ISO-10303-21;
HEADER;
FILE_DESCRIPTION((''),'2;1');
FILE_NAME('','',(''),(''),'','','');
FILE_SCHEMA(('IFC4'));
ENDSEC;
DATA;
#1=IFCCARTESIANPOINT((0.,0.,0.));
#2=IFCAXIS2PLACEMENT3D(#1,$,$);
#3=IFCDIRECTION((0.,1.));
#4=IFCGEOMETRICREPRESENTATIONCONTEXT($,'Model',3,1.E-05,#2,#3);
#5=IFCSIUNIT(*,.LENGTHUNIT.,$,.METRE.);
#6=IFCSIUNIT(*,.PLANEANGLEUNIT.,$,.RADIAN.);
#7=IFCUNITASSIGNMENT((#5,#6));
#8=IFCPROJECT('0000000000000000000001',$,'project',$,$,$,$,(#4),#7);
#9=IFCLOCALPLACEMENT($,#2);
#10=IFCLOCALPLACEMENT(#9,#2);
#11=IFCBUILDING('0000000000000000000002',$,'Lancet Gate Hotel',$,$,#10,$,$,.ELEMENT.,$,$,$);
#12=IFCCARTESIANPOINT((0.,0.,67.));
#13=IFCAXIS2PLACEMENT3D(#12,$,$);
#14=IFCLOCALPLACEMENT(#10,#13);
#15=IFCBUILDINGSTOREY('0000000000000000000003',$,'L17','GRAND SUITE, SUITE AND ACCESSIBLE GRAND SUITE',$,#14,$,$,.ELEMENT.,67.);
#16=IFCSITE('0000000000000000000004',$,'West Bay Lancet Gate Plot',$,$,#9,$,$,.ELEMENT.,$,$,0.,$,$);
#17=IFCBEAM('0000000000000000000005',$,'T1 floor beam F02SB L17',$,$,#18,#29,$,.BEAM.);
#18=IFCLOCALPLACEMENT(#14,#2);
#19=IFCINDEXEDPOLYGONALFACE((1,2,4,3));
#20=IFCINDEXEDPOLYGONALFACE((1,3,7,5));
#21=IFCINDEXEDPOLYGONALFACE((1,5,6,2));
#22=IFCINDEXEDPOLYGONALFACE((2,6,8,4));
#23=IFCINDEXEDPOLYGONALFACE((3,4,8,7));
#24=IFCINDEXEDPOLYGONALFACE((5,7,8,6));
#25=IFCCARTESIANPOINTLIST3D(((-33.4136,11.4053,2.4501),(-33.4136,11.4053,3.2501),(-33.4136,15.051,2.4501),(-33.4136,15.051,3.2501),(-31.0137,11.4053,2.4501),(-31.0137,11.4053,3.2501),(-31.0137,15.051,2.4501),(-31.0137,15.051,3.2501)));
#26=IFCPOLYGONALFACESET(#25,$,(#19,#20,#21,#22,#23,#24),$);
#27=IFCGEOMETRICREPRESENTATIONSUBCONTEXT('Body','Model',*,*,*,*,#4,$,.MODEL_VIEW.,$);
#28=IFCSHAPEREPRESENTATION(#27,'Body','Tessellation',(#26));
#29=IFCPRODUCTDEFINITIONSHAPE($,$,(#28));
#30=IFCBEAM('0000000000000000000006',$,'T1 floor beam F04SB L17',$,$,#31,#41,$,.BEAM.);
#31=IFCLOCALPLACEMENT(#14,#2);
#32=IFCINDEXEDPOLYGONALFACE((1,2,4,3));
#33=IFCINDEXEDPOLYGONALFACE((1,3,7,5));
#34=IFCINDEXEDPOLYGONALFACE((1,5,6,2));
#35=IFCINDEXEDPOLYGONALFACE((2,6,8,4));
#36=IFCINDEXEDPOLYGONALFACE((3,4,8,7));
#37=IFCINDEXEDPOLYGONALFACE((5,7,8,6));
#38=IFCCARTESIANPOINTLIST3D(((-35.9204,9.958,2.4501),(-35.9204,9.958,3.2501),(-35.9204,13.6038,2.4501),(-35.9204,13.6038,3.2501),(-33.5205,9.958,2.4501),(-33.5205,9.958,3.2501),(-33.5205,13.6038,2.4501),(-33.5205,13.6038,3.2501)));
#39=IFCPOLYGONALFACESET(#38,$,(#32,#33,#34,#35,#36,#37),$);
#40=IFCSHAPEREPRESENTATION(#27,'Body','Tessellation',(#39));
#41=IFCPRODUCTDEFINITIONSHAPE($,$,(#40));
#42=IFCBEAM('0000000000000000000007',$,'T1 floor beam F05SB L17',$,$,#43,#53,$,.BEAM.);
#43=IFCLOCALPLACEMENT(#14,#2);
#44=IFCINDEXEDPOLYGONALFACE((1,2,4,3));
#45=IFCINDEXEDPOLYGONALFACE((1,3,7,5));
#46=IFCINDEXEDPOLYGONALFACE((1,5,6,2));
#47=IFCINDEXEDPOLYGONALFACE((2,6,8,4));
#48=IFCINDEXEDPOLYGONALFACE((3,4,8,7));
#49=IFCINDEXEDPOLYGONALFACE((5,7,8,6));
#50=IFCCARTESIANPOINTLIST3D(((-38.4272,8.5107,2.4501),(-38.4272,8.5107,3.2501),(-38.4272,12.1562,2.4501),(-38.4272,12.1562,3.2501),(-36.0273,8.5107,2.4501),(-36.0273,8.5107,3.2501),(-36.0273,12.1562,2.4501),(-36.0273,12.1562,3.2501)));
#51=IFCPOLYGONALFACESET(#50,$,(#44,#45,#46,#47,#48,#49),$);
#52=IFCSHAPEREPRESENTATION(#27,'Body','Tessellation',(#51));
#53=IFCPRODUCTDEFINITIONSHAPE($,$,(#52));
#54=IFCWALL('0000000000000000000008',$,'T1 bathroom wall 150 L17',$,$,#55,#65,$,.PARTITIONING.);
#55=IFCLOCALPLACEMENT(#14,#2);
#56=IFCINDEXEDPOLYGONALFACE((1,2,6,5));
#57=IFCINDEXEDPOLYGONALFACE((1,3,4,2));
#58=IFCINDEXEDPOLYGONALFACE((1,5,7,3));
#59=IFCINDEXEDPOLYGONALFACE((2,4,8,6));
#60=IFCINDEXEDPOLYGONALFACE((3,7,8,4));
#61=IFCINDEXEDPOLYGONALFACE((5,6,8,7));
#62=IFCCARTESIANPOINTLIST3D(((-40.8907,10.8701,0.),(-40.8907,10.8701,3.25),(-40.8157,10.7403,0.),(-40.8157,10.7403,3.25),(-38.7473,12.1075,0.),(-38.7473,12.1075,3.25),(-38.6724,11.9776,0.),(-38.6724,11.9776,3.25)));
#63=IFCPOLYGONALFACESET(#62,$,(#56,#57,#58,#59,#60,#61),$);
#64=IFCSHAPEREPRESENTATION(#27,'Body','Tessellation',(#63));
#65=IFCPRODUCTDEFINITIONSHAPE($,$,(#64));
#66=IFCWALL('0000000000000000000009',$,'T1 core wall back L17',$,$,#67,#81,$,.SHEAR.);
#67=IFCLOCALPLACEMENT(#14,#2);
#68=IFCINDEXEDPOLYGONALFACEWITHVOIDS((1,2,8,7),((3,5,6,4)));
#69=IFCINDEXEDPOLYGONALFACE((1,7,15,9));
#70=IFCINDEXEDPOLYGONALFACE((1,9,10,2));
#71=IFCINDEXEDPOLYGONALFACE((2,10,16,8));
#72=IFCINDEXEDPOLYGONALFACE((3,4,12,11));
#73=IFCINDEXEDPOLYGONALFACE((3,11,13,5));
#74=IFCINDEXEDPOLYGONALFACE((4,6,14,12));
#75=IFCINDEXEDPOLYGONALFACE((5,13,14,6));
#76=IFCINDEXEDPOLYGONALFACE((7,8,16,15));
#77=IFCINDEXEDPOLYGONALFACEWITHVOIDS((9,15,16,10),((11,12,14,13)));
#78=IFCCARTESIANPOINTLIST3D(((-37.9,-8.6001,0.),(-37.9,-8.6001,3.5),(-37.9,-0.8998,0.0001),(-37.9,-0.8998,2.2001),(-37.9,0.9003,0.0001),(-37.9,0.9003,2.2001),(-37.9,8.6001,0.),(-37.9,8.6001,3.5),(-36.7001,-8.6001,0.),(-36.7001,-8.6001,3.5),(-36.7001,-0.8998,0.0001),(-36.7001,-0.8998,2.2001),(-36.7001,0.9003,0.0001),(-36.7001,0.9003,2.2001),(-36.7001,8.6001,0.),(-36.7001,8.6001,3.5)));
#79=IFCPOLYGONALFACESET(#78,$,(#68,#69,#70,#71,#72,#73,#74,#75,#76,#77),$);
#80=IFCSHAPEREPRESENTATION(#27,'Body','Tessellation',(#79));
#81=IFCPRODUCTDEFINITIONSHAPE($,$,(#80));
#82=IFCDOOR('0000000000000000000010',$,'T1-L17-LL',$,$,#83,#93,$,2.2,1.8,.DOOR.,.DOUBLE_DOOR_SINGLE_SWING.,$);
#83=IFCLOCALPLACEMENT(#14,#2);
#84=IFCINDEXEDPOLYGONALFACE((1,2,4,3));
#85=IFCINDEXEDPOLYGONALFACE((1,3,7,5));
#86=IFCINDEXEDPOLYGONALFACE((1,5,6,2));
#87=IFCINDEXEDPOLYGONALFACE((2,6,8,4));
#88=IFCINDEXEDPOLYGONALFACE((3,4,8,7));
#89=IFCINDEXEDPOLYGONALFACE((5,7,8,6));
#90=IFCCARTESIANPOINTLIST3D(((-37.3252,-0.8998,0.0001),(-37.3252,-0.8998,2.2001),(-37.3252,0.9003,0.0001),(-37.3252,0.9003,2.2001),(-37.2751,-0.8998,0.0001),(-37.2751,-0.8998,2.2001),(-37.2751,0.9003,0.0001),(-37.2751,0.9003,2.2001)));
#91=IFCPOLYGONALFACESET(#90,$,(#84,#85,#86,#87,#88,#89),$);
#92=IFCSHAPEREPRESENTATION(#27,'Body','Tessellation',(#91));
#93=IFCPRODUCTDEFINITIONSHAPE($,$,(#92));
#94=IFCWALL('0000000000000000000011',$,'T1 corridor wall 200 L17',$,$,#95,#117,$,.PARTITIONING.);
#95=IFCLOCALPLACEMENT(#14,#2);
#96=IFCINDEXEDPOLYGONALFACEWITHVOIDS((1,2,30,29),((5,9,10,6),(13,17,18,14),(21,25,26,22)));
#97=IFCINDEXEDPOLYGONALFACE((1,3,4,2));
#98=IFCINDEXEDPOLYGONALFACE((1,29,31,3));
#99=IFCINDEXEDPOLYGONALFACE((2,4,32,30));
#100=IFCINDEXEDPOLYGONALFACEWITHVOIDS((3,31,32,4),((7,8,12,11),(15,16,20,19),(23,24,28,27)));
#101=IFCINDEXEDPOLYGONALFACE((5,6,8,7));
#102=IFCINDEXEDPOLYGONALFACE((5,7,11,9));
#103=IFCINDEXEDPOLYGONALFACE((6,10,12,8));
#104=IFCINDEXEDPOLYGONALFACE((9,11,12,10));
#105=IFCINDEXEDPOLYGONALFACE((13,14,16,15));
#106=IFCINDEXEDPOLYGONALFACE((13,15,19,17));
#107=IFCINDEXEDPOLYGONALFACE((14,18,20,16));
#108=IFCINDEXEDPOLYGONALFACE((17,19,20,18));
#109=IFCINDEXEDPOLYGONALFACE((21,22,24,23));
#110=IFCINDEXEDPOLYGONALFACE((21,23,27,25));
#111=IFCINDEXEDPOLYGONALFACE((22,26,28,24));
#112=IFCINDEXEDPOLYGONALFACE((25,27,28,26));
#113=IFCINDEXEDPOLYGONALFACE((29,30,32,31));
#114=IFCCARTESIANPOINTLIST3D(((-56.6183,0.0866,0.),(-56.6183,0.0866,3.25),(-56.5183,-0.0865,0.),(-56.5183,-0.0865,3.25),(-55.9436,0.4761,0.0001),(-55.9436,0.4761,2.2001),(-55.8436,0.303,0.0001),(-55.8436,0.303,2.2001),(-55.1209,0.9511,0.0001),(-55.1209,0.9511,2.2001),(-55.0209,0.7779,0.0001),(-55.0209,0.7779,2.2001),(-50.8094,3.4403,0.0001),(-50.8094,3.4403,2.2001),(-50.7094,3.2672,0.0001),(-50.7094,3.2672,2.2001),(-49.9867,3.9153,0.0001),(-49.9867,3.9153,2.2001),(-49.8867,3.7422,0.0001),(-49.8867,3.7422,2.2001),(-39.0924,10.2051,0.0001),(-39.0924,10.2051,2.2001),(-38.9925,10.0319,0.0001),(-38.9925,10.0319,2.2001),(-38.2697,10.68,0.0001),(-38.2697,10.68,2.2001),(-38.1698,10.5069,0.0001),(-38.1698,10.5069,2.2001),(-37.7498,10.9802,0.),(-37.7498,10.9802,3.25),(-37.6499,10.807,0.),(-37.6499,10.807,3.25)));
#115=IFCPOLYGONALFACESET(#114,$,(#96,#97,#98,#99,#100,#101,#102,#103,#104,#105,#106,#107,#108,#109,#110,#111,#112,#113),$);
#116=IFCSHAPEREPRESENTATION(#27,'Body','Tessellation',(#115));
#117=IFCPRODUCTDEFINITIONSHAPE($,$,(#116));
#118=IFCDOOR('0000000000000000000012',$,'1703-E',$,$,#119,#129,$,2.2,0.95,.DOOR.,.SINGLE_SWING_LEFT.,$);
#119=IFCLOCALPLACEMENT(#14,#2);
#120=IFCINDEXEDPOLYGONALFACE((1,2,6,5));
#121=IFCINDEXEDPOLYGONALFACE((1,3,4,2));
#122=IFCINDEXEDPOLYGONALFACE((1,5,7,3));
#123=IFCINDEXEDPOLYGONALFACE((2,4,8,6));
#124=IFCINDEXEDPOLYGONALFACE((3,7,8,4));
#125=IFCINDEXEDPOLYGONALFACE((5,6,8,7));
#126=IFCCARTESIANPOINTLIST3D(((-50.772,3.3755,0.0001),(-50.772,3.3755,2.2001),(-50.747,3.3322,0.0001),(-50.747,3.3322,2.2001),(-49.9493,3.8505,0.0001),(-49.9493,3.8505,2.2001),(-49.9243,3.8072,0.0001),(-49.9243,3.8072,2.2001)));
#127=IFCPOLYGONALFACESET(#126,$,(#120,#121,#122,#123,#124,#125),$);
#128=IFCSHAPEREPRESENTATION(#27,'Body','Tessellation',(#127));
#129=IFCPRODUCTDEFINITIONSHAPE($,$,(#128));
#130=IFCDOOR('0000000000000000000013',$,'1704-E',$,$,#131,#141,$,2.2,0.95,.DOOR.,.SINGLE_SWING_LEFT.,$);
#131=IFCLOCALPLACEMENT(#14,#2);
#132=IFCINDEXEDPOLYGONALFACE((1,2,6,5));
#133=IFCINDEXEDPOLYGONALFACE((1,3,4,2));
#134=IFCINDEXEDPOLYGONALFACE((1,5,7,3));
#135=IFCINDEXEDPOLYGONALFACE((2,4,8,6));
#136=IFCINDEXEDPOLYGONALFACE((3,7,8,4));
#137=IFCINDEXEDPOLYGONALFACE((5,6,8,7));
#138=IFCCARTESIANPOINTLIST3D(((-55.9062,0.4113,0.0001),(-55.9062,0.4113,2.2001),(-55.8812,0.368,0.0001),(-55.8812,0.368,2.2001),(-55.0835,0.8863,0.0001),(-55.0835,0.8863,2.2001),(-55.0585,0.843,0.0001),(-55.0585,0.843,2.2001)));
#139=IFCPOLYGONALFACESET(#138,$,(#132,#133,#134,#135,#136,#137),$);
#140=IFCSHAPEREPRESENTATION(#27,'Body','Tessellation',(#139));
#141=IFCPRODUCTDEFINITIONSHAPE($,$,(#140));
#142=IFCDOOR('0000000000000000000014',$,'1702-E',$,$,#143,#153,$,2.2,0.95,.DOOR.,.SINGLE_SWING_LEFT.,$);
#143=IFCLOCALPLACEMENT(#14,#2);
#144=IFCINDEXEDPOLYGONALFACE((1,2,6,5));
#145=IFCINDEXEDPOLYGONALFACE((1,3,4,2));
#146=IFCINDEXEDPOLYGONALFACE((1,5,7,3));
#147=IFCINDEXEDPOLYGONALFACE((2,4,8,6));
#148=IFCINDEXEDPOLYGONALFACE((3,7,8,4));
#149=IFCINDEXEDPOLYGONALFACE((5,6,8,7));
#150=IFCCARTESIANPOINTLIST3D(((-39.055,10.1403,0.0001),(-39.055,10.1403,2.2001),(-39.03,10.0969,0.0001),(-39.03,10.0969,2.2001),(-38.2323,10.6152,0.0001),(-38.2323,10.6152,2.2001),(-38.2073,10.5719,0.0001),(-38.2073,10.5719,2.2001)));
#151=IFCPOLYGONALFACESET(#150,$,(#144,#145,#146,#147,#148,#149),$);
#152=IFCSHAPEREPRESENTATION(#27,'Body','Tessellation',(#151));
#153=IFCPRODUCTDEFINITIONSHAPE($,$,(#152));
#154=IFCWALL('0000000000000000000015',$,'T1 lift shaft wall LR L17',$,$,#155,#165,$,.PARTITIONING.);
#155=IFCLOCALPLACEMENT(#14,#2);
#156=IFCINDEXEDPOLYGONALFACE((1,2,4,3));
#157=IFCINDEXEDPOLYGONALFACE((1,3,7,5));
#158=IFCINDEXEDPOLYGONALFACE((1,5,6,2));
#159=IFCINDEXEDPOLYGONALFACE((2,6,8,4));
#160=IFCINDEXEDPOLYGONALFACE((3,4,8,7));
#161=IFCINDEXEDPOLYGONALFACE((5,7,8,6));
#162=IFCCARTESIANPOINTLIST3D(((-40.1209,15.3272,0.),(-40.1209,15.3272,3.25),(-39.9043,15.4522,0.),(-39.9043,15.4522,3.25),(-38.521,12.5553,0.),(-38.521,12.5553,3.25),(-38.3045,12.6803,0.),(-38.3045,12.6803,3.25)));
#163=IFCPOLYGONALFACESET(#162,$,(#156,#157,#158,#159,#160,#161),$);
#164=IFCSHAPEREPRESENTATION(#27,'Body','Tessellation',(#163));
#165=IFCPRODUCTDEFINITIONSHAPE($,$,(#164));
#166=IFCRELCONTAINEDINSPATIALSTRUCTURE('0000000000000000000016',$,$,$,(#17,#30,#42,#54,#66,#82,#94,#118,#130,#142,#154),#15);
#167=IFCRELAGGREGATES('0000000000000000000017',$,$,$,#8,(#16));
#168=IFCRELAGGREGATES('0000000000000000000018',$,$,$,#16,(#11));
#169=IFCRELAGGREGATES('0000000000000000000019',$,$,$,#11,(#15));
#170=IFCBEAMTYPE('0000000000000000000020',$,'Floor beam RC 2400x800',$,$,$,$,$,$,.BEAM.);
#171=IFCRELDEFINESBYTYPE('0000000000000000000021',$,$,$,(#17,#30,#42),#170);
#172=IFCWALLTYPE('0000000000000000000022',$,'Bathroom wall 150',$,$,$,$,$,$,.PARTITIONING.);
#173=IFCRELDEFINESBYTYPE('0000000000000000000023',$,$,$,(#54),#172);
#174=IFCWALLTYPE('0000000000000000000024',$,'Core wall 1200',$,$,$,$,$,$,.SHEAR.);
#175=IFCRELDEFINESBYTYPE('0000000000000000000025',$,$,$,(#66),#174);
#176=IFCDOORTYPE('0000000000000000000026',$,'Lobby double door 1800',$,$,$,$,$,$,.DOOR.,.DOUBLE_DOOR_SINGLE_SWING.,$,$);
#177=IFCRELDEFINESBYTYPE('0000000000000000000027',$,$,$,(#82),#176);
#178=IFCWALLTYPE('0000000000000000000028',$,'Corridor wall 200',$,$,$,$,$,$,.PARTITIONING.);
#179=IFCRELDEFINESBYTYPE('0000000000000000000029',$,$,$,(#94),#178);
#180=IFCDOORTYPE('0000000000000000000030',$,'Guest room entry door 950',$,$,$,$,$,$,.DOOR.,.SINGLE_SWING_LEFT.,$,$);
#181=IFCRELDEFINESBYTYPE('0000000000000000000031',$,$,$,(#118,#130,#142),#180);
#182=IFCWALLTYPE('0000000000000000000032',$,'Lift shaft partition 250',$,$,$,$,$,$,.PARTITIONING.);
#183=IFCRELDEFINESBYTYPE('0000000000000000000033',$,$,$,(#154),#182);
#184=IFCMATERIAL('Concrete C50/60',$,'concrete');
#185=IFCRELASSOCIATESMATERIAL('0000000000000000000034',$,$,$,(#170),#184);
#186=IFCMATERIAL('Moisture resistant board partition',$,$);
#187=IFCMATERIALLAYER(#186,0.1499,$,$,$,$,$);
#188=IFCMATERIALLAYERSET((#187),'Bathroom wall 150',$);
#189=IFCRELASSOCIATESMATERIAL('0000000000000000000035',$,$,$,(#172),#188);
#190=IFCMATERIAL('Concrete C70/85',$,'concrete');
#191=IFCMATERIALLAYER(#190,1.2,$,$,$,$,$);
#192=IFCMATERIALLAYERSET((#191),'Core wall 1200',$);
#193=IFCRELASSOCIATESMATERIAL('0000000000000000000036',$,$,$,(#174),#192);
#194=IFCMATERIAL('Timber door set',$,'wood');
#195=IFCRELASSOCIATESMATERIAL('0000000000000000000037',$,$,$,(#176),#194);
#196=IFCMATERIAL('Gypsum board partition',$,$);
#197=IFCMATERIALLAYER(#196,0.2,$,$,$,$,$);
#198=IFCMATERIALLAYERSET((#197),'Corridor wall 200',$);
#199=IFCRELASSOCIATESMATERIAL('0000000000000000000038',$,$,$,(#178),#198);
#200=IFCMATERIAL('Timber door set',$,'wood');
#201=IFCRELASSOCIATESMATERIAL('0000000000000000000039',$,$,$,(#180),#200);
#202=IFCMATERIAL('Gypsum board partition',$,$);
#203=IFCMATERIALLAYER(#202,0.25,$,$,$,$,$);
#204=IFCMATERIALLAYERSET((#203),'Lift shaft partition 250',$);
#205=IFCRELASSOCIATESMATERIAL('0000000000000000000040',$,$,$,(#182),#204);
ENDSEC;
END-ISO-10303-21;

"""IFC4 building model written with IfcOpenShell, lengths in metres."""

from ifc_helpers import new_model, si_unit, direction, frame, frame_2d, origin, origin_2d, place, context, subcontext, project, spatial, rectangle, extrude, material, layer, layer_set, material_profile, profile_set, type_object, element, fill, save


model = new_model("IFC4")

# Units and contexts
model_context = context("Model", 3, precision=1e-05, world=origin(), true_north=direction((0.0, 1.0)))
body_context = subcontext(model_context, "Body", "Model", "MODEL_VIEW")
ifc_project = project(units=[si_unit("LENGTHUNIT", "METRE"), si_unit("PLANEANGLEUNIT", "RADIAN")], contexts=[model_context])

# Site, building, storey
site_placement = place(None, origin())
site = spatial("IfcSite", under=ifc_project, at=site_placement, Name="West Bay Lancet Gate Plot", CompositionType="ELEMENT", RefElevation=0.0)
building_placement = place(site_placement, origin())
building = spatial("IfcBuilding", under=site, at=building_placement, Name="Lancet Gate Hotel", CompositionType="ELEMENT")
storey_placement = place(building_placement, frame((0.0, 0.0, 67.0)))
storey = spatial("IfcBuildingStorey", under=building, at=storey_placement, Name="L17", Description="GRAND SUITE, SUITE AND ACCESSIBLE GRAND SUITE", CompositionType="ELEMENT", Elevation=67.0)

# Beams
ifc_material_1 = material(Name="Concrete C50/60", Category="concrete")
ifc_material_profile = material_profile(ifc_material_1, rectangle(XDim=2.3999, YDim=0.8, at=origin_2d()), Name="RC 2400x800")
ifc_profile_set = profile_set([ifc_material_profile], Name="Concrete C50/60")
beam_type = type_object("IfcBeamType", Name="Floor beam RC 2400x800", PredefinedType="BEAM", material=ifc_profile_set)
for number, where, z_axis, x_axis, name in (
    (1, (-32.2136, 15.051, 2.8501), (0.0, -1.0, 0.0), (1.0, 0.0, 0.0), "T1 floor beam F02SB L17"),
    (2, (-34.7205, 13.6038, 2.8501), (0.0, -1.0, 0.0), (1.0, 0.0, 0.0), "T1 floor beam F04SB L17"),
):
    element("IfcBeam", number, at=place(storey_placement, frame(where, z_axis=z_axis, x_axis=x_axis)), inside=storey, type_object=beam_type, Name=name, PredefinedType="BEAM", context=body_context, shape_type="SweptSolid", body=[
        extrude(rectangle(XDim=2.3999, YDim=0.8, at=origin_2d()), origin(), (0.0, 0.0, 1.0), 3.6458),
    ])
beam_placement = place(storey_placement, frame((-37.2273, 12.1562, 2.8501), z_axis=(0.0, -1.0, 0.0), x_axis=(1.0, 0.0, 0.0)))
element("IfcBeam", 3, at=beam_placement, inside=storey, type_object=beam_type, Name="T1 floor beam F05SB L17", PredefinedType="BEAM", context=body_context, shape_type="SweptSolid", body=[
    extrude(rectangle(XDim=2.3999, YDim=0.8, at=origin_2d()), origin(), (0.0, 0.0, 1.0), 3.6455),
])

# Wall
ifc_material_2 = material(Name="Moisture resistant board partition")
ifc_layer_1 = layer(ifc_material_2, 0.1499)
ifc_layer_set_1 = layer_set([ifc_layer_1], Name="Bathroom wall 150")
wall_type_1 = type_object("IfcWallType", Name="Bathroom wall 150", PredefinedType="PARTITIONING", material=ifc_layer_set_1)
wall_1_placement = place(storey_placement, frame((-38.71, 12.0425, 0.0), z_axis=(0.0, 0.0, 1.0), x_axis=(-0.866049, -0.499959, 0.0)))
element("IfcWall", 4, at=wall_1_placement, inside=storey, type_object=wall_type_1, Name="T1 bathroom wall 150 L17", PredefinedType="PARTITIONING", context=body_context, shape_type="SweptSolid", body=[
    extrude(rectangle(XDim=2.4749, YDim=0.1499, at=frame_2d((1.2373, 0.0))), origin(), (0.0, 0.0, 1.0), 3.25),
])

# Wall, opening, door
ifc_material_3 = material(Name="Concrete C70/85", Category="concrete")
ifc_layer_2 = layer(ifc_material_3, 1.2)
ifc_layer_set_2 = layer_set([ifc_layer_2], Name="Core wall 1200")
wall_type_2 = type_object("IfcWallType", Name="Core wall 1200", PredefinedType="SHEAR", material=ifc_layer_set_2)
wall_2_placement = place(storey_placement, frame((-37.3, 8.6001, 0.0), z_axis=(0.0, 0.0, 1.0), x_axis=(0.0, -1.0, 0.0)))
wall_2 = element("IfcWall", 5, at=wall_2_placement, inside=storey, type_object=wall_type_2, Name="T1 core wall back L17", PredefinedType="SHEAR", context=body_context, shape_type="SweptSolid", body=[
    extrude(rectangle(XDim=17.2002, YDim=1.2, at=frame_2d((8.6001, 0.0))), origin(), (0.0, 0.0, 1.0), 3.5),
])
opening_1_placement = place(wall_2_placement, frame((7.7, 0.0, 0.0)))
opening_1 = element("IfcOpeningElement", 6, at=opening_1_placement, cuts=wall_2, PredefinedType="OPENING", context=body_context, shape_type="SweptSolid", body=[
    extrude(rectangle(XDim=1.8, YDim=2.2, at=frame_2d((0.8999, 1.1001))), frame((0.0, 0.6099, 0.0), z_axis=(0.0, -1.0, 0.0), x_axis=(1.0, 0.0, 0.0)), (0.0, 0.0, 1.0), 1.22),
])
ifc_material_4 = material(Name="Timber door set", Category="wood")
door_type_1 = type_object("IfcDoorType", Name="Lobby double door 1800", OperationType="DOUBLE_DOOR_SINGLE_SWING", PredefinedType="DOOR", material=ifc_material_4)
door_1_placement = place(opening_1_placement, origin())
door_1 = element("IfcDoor", 7, at=door_1_placement, inside=storey, type_object=door_type_1, Name="T1-L17-LL", OperationType="DOUBLE_DOOR_SINGLE_SWING", OverallHeight=2.2, OverallWidth=1.8, PredefinedType="DOOR", context=body_context, shape_type="SweptSolid", body=[
    extrude(rectangle(XDim=1.8, YDim=2.2, at=frame_2d((0.8999, 1.1001))), frame((0.0, 0.0249, 0.0), z_axis=(0.0, -1.0, 0.0), x_axis=(1.0, 0.0, 0.0)), (0.0, 0.0, 1.0), 0.05),
])
fill(opening_1, door_1)

# Wall, openings, doors
ifc_material_5 = material(Name="Gypsum board partition")
ifc_layer_3 = layer(ifc_material_5, 0.2)
ifc_layer_set_3 = layer_set([ifc_layer_3], Name="Corridor wall 200")
wall_type_3 = type_object("IfcWallType", Name="Corridor wall 200", PredefinedType="PARTITIONING", material=ifc_layer_set_3)
wall_3_placement = place(storey_placement, frame((-37.7, 10.8936, 0.0), z_axis=(0.0, 0.0, 1.0), x_axis=(-0.866028, -0.499996, 0.0)))
wall_3 = element("IfcWall", 8, at=wall_3_placement, inside=storey, type_object=wall_type_3, Name="T1 corridor wall 200 L17", PredefinedType="PARTITIONING", context=body_context, shape_type="SweptSolid", body=[
    extrude(rectangle(XDim=21.7874, YDim=0.2, at=frame_2d((10.8936, 0.0))), origin(), (0.0, 0.0, 1.0), 3.25),
])
opening_2_placement = place(wall_3_placement, frame((14.1296, 0.0, 0.0)))
opening_2 = element("IfcOpeningElement", 9, at=opening_2_placement, cuts=wall_3, PredefinedType="OPENING", context=body_context, shape_type="SweptSolid", body=[
    extrude(rectangle(XDim=0.95, YDim=2.2, at=frame_2d((0.4751, 1.1001))), frame((0.0, 0.1099, 0.0), z_axis=(0.0, -1.0, 0.0), x_axis=(1.0, 0.0, 0.0)), (0.0, 0.0, 1.0), 0.22),
])
opening_3_placement = place(wall_3_placement, frame((20.0581, 0.0, 0.0)))
opening_3 = element("IfcOpeningElement", 10, at=opening_3_placement, cuts=wall_3, PredefinedType="OPENING", context=body_context, shape_type="SweptSolid", body=[
    extrude(rectangle(XDim=0.95, YDim=2.2, at=frame_2d((0.4751, 1.1001))), frame((0.0, 0.1099, 0.0), z_axis=(0.0, -1.0, 0.0), x_axis=(1.0, 0.0, 0.0)), (0.0, 0.0, 1.0), 0.22),
])
opening_4_placement = place(wall_3_placement, frame((0.6001, 0.0, 0.0)))
opening_4 = element("IfcOpeningElement", 11, at=opening_4_placement, cuts=wall_3, PredefinedType="OPENING", context=body_context, shape_type="SweptSolid", body=[
    extrude(rectangle(XDim=0.95, YDim=2.2, at=frame_2d((0.4751, 1.1001))), frame((0.0, 0.1099, 0.0), z_axis=(0.0, -1.0, 0.0), x_axis=(1.0, 0.0, 0.0)), (0.0, 0.0, 1.0), 0.22),
])
ifc_material_6 = material(Name="Timber door set", Category="wood")
door_type_2 = type_object("IfcDoorType", Name="Guest room entry door 950", OperationType="SINGLE_SWING_LEFT", PredefinedType="DOOR", material=ifc_material_6)
door_2_placement = place(opening_2_placement, origin())
door_2 = element("IfcDoor", 12, at=door_2_placement, inside=storey, type_object=door_type_2, Name="1703-E", OperationType="SINGLE_SWING_LEFT", OverallHeight=2.2, OverallWidth=0.95, PredefinedType="DOOR", context=body_context, shape_type="SweptSolid", body=[
    extrude(rectangle(XDim=0.95, YDim=2.2, at=frame_2d((0.4751, 1.1001))), frame((0.0, 0.0249, 0.0), z_axis=(0.0, -1.0, 0.0), x_axis=(1.0, 0.0, 0.0)), (0.0, 0.0, 1.0), 0.05),
])
fill(opening_2, door_2)
door_3_placement = place(opening_3_placement, origin())
door_3 = element("IfcDoor", 13, at=door_3_placement, inside=storey, type_object=door_type_2, Name="1704-E", OperationType="SINGLE_SWING_LEFT", OverallHeight=2.2, OverallWidth=0.95, PredefinedType="DOOR", context=body_context, shape_type="SweptSolid", body=[
    extrude(rectangle(XDim=0.95, YDim=2.2, at=frame_2d((0.4751, 1.1001))), frame((0.0, 0.0249, 0.0), z_axis=(0.0, -1.0, 0.0), x_axis=(1.0, 0.0, 0.0)), (0.0, 0.0, 1.0), 0.05),
])
fill(opening_3, door_3)
door_4_placement = place(opening_4_placement, origin())
door_4 = element("IfcDoor", 14, at=door_4_placement, inside=storey, type_object=door_type_2, Name="1702-E", OperationType="SINGLE_SWING_LEFT", OverallHeight=2.2, OverallWidth=0.95, PredefinedType="DOOR", context=body_context, shape_type="SweptSolid", body=[
    extrude(rectangle(XDim=0.95, YDim=2.2, at=frame_2d((0.4751, 1.1001))), frame((0.0, 0.0249, 0.0), z_axis=(0.0, -1.0, 0.0), x_axis=(1.0, 0.0, 0.0)), (0.0, 0.0, 1.0), 0.05),
])
fill(opening_4, door_4)

# Wall
ifc_material_7 = material(Name="Gypsum board partition")
ifc_layer_4 = layer(ifc_material_7, 0.25)
ifc_layer_set_4 = layer_set([ifc_layer_4], Name="Lift shaft partition 250")
wall_type_4 = type_object("IfcWallType", Name="Lift shaft partition 250", PredefinedType="PARTITIONING", material=ifc_layer_set_4)
wall_4_placement = place(storey_placement, frame((-38.4128, 12.6179, 0.0), z_axis=(0.0, 0.0, 1.0), x_axis=(-0.499872, 0.866099, 0.0)))
element("IfcWall", 15, at=wall_4_placement, inside=storey, type_object=wall_type_4, Name="T1 lift shaft wall LR L17", PredefinedType="PARTITIONING", context=body_context, shape_type="SweptSolid", body=[
    extrude(rectangle(XDim=3.2004, YDim=0.25, at=frame_2d((1.6001, 0.0))), origin(), (0.0, 0.0, 1.0), 3.25),
])

save(model, "model.ifc")
